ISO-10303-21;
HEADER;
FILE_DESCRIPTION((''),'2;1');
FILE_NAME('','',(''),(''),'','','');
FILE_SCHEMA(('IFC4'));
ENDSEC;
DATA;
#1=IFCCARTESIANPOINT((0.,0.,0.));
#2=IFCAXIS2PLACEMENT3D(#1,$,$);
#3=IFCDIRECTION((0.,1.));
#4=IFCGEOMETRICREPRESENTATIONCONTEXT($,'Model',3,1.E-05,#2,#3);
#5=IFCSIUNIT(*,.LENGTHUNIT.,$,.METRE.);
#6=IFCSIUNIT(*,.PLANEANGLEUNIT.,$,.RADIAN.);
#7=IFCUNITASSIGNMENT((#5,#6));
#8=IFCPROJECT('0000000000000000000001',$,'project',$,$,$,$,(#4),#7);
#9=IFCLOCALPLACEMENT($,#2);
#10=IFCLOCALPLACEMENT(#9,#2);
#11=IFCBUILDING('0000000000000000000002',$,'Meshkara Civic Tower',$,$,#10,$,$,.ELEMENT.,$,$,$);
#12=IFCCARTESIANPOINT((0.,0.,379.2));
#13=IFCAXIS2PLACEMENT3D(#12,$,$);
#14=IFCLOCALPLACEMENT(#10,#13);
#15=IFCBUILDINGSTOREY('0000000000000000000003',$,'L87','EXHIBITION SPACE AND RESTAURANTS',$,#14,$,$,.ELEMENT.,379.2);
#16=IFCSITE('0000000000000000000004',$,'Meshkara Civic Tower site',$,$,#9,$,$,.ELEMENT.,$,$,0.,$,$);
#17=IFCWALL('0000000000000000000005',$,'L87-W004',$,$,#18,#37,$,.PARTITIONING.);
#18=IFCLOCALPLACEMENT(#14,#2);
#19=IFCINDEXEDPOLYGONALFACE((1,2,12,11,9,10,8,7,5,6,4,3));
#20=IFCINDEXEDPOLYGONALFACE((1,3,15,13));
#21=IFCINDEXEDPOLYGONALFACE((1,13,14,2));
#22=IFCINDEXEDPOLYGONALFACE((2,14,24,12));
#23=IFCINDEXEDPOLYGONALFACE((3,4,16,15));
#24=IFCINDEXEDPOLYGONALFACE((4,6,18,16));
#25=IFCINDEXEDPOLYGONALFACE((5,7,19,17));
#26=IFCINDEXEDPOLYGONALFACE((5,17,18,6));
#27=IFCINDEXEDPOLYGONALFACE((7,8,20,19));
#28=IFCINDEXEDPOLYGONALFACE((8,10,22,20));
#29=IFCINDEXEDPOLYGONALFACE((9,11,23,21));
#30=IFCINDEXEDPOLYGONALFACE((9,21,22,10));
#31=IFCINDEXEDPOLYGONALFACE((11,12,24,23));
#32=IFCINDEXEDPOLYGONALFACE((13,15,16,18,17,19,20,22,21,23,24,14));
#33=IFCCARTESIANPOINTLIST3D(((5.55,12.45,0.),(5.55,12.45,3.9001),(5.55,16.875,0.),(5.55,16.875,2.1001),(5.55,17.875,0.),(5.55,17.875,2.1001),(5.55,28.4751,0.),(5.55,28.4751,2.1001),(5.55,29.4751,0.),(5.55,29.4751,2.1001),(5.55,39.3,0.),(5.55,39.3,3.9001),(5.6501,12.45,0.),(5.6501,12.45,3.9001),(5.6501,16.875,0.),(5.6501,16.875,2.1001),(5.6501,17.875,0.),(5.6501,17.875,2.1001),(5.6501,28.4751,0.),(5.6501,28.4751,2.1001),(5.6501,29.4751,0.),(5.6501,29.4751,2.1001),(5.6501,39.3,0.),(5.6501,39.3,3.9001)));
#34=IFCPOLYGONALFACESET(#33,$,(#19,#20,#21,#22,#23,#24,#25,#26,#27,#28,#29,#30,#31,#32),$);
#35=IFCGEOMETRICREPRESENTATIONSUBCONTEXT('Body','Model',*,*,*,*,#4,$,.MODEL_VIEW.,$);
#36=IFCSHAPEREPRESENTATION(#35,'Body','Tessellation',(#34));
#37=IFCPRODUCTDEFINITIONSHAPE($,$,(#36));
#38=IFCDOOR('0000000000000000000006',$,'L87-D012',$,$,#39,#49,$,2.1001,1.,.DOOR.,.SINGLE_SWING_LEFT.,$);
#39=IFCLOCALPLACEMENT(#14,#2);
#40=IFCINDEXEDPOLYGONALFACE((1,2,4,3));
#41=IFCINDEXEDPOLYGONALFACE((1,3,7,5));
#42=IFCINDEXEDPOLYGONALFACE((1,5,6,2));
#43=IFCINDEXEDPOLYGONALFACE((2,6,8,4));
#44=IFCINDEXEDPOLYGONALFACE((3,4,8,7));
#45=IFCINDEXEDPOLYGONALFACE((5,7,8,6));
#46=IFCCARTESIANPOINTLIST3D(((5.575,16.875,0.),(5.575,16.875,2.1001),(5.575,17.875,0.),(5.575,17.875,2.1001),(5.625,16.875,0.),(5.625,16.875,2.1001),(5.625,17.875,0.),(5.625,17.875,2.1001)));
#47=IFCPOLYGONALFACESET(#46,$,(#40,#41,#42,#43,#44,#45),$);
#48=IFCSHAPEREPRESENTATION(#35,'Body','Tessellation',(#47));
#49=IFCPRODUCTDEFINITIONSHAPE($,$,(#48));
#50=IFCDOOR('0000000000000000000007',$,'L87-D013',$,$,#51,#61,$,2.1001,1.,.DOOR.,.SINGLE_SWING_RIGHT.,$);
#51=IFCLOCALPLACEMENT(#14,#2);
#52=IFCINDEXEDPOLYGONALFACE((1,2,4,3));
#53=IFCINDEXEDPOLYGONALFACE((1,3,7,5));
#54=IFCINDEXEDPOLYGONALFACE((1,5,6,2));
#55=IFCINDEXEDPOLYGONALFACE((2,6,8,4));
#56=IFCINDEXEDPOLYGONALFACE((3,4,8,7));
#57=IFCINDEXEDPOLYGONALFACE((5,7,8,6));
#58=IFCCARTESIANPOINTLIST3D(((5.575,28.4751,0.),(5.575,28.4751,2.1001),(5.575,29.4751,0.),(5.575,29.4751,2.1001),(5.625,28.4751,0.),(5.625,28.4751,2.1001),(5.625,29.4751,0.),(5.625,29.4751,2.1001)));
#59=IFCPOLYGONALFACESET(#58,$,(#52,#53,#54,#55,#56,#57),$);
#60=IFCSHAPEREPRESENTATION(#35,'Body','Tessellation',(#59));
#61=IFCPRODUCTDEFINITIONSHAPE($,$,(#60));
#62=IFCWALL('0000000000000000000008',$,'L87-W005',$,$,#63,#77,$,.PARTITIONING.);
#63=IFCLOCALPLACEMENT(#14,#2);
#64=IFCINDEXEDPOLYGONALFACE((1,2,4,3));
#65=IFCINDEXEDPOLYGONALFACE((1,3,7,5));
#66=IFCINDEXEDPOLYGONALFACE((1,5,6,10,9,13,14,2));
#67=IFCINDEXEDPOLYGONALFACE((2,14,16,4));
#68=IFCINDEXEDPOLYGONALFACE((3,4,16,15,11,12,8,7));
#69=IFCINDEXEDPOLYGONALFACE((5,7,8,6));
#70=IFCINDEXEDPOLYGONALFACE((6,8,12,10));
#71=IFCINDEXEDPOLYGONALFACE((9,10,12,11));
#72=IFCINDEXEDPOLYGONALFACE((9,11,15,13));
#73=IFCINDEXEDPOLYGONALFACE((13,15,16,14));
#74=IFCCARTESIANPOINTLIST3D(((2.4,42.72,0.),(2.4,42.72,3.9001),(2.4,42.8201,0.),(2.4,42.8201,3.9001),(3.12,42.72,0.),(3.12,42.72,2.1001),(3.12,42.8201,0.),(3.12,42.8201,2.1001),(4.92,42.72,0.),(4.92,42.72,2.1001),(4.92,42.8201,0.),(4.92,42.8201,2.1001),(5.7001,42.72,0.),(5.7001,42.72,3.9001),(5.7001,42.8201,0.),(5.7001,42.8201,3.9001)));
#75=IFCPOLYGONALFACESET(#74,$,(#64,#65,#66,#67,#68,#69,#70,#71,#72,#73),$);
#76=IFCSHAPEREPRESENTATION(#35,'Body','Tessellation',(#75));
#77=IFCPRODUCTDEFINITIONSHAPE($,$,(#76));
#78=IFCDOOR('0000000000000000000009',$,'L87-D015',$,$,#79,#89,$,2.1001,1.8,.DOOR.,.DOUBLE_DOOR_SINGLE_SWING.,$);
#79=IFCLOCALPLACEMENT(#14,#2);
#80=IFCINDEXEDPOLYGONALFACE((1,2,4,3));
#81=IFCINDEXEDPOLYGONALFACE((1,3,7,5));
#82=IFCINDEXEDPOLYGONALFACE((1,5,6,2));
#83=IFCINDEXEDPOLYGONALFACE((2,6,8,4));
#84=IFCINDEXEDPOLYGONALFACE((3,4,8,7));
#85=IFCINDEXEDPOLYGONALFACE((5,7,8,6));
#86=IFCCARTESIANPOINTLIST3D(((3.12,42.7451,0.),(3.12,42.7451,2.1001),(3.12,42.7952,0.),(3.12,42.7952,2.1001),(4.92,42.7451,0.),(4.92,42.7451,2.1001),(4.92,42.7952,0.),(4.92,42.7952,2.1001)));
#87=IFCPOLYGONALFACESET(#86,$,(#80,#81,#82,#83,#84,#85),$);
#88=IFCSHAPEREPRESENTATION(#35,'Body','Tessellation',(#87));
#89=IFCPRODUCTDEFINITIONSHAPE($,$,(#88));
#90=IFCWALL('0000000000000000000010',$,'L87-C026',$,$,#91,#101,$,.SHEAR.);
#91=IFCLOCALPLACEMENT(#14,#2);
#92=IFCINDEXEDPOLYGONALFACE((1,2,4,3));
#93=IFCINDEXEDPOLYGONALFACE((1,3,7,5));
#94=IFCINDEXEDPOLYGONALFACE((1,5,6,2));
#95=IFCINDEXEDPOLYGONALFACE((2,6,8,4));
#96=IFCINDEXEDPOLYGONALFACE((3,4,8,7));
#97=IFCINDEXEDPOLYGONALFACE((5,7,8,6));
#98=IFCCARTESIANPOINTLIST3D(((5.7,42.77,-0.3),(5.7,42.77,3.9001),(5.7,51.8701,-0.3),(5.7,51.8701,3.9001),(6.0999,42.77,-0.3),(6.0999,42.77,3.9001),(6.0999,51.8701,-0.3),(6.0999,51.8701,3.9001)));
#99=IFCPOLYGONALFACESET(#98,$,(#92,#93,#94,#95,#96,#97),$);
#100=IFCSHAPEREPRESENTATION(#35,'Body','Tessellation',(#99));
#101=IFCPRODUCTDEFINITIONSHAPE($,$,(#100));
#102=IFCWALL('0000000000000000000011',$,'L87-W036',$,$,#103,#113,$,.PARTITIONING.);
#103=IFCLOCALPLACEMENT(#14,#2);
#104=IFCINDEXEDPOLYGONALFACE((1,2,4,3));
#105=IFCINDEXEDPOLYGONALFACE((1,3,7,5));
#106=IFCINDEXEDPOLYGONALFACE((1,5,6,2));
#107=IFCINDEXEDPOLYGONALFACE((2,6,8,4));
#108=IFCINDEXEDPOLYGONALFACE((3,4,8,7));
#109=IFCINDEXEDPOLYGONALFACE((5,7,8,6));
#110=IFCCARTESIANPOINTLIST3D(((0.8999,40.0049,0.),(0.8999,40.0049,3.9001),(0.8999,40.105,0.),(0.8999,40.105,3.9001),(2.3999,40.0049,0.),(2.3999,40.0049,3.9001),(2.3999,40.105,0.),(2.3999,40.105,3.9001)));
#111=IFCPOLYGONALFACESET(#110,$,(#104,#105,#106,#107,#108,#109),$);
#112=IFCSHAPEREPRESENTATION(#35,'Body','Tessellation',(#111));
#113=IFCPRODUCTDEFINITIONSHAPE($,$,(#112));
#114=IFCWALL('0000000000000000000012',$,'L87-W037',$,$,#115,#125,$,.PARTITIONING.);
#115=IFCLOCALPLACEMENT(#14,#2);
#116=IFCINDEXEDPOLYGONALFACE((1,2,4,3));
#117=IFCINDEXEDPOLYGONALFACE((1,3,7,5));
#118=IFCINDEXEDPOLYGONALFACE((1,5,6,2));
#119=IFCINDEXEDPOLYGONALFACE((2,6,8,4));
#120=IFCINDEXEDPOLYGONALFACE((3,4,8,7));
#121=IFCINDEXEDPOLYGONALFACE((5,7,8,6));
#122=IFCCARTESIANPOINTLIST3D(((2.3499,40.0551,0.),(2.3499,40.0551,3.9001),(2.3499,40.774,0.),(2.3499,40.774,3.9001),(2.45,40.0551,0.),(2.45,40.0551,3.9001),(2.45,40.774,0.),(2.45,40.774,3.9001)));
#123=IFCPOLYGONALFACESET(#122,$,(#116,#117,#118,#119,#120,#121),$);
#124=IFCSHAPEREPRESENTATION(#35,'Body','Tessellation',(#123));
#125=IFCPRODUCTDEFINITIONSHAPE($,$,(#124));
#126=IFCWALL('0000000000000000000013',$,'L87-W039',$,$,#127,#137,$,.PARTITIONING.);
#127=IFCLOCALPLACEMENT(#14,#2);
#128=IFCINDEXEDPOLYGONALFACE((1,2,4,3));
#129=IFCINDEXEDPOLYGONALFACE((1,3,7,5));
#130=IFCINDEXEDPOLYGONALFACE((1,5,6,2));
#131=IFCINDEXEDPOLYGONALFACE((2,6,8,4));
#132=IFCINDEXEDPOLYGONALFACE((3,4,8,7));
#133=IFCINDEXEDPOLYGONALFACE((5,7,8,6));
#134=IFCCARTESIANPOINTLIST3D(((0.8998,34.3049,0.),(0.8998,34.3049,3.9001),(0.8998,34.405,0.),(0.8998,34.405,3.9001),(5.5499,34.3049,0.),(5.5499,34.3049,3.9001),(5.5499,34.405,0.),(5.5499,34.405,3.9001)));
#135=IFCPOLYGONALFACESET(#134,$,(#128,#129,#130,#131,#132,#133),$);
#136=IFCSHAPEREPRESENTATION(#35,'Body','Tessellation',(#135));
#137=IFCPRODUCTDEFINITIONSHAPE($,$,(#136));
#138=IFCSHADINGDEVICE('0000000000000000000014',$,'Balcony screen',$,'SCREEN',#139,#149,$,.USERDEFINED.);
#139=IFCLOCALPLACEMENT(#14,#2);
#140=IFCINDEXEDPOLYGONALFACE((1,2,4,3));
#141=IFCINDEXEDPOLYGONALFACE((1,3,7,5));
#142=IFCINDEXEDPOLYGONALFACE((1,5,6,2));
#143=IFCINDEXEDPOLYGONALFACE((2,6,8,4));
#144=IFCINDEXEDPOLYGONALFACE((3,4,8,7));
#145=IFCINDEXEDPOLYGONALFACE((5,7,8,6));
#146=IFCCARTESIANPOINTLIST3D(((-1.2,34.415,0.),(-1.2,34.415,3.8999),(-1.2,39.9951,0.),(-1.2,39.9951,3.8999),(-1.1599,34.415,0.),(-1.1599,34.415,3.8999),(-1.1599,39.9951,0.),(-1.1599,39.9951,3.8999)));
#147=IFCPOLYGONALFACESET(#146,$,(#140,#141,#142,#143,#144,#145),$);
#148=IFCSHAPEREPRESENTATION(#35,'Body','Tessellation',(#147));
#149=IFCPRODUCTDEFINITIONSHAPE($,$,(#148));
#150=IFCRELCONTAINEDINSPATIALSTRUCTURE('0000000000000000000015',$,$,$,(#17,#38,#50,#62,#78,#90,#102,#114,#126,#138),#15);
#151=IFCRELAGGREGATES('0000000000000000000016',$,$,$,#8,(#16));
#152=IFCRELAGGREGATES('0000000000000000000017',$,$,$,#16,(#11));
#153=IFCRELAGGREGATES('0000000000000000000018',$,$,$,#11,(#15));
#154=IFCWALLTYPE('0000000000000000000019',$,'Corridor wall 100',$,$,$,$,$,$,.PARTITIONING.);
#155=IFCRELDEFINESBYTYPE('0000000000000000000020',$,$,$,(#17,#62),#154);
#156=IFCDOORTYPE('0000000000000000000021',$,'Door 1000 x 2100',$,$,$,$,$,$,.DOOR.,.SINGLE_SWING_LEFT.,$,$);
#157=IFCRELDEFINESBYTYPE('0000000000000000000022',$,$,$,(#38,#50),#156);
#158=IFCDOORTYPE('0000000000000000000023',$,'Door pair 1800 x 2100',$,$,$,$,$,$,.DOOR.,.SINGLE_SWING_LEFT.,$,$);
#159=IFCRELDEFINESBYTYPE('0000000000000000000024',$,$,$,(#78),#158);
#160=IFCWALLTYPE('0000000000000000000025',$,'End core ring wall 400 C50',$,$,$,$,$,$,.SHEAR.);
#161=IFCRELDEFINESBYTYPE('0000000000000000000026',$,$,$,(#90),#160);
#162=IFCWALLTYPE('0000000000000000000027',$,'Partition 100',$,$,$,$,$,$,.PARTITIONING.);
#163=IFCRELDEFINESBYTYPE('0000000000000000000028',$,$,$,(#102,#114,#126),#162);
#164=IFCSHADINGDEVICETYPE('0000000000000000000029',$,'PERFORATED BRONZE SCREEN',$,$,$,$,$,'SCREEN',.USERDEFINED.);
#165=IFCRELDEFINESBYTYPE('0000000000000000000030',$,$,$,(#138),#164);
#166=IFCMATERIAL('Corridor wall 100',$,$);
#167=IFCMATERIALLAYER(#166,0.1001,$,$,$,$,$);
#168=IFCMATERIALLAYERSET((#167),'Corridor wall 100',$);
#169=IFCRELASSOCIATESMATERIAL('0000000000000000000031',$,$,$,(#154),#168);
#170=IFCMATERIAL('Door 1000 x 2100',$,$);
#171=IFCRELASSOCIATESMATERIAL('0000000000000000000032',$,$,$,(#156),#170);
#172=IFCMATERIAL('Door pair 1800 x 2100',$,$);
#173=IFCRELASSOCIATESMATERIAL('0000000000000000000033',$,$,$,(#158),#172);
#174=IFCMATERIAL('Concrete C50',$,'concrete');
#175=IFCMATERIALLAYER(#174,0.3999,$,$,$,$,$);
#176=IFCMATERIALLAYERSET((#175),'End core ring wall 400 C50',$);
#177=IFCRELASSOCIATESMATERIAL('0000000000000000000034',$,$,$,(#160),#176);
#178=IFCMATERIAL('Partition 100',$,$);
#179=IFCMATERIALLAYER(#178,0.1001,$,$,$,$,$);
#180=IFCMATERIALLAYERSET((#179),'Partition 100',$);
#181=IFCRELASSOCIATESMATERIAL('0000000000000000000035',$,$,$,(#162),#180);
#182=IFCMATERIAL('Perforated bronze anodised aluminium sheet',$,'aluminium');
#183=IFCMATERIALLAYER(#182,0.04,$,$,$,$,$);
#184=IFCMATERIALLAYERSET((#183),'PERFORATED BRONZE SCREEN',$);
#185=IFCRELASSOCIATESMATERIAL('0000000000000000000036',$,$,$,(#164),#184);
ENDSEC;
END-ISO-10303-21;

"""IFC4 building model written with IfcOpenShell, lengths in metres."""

from ifc_helpers import new_model, si_unit, direction, frame, frame_2d, origin, origin_2d, place, context, subcontext, project, spatial, rectangle, extrude, material, layer, layer_set, type_object, element, fill, save


model = new_model("IFC4")

# Units and contexts
model_context = context("Model", 3, precision=1e-05, world=origin(), true_north=direction((0.0, 1.0)))
body_context = subcontext(model_context, "Body", "Model", "MODEL_VIEW")
ifc_project = project(units=[si_unit("LENGTHUNIT", "METRE"), si_unit("PLANEANGLEUNIT", "RADIAN")], contexts=[model_context])

# Site, building, storey
site_placement = place(None, origin())
site = spatial("IfcSite", under=ifc_project, at=site_placement, Name="Meshkara Civic Tower site", CompositionType="ELEMENT", RefElevation=0.0)
building_placement = place(site_placement, origin())
building = spatial("IfcBuilding", under=site, at=building_placement, Name="Meshkara Civic Tower", CompositionType="ELEMENT")
storey_placement = place(building_placement, frame((0.0, 0.0, 379.2)))
storey = spatial("IfcBuildingStorey", under=building, at=storey_placement, Name="L87", Description="EXHIBITION SPACE AND RESTAURANTS", CompositionType="ELEMENT", Elevation=379.2)

# Shared definitions
ifc_material_1 = material(Name="Corridor wall 100")
ifc_layer_1 = layer(ifc_material_1, 0.1001)
ifc_layer_set_1 = layer_set([ifc_layer_1], Name="Corridor wall 100")
wall_type_1 = type_object("IfcWallType", Name="Corridor wall 100", PredefinedType="PARTITIONING", material=ifc_layer_set_1)
ifc_material_2 = material(Name="Door 1000 x 2100")
door_type_1 = type_object("IfcDoorType", Name="Door 1000 x 2100", OperationType="SINGLE_SWING_LEFT", PredefinedType="DOOR", material=ifc_material_2)

# Wall, openings, doors
wall_1_placement = place(storey_placement, frame((5.6001, 39.3, 0.0), z_axis=(0.0, 0.0, 1.0), x_axis=(0.0, -1.0, 0.0)))
wall_1 = element("IfcWall", 1, at=wall_1_placement, inside=storey, type_object=wall_type_1, Name="L87-W004", PredefinedType="PARTITIONING", context=body_context, shape_type="SweptSolid", body=[
    extrude(rectangle(XDim=26.8501, YDim=0.1001, at=frame_2d((13.425, 0.0))), origin(), (0.0, 0.0, 1.0), 3.9001),
])
opening_1_placement = place(wall_1_placement, frame((21.425, 0.0, 0.0)))
opening_1 = element("IfcOpeningElement", 2, at=opening_1_placement, cuts=wall_1, PredefinedType="OPENING", context=body_context, shape_type="SweptSolid", body=[
    extrude(rectangle(XDim=1.0, YDim=2.1001, at=frame_2d((0.5, 1.05))), frame((0.0, 0.0601, 0.0), z_axis=(0.0, -1.0, 0.0), x_axis=(1.0, 0.0, 0.0)), (0.0, 0.0, 1.0), 0.1201),
])
opening_2_placement = place(wall_1_placement, frame((9.825, 0.0, 0.0)))
opening_2 = element("IfcOpeningElement", 3, at=opening_2_placement, cuts=wall_1, PredefinedType="OPENING", context=body_context, shape_type="SweptSolid", body=[
    extrude(rectangle(XDim=1.0, YDim=2.1001, at=frame_2d((0.5, 1.05))), frame((0.0, 0.0601, 0.0), z_axis=(0.0, -1.0, 0.0), x_axis=(1.0, 0.0, 0.0)), (0.0, 0.0, 1.0), 0.1201),
])
door_1_placement = place(opening_1_placement, origin())
door_1 = element("IfcDoor", 4, at=door_1_placement, inside=storey, type_object=door_type_1, Name="L87-D012", OperationType="SINGLE_SWING_LEFT", OverallHeight=2.1001, OverallWidth=1.0, PredefinedType="DOOR", context=body_context, shape_type="SweptSolid", body=[
    extrude(rectangle(XDim=1.0, YDim=2.1001, at=frame_2d((0.5, 1.05))), frame((0.0, 0.0249, 0.0), z_axis=(0.0, -1.0, 0.0), x_axis=(1.0, 0.0, 0.0)), (0.0, 0.0, 1.0), 0.05),
])
fill(opening_1, door_1)
door_2_placement = place(opening_2_placement, origin())
door_2 = element("IfcDoor", 5, at=door_2_placement, inside=storey, type_object=door_type_1, Name="L87-D013", OperationType="SINGLE_SWING_RIGHT", OverallHeight=2.1001, OverallWidth=1.0, PredefinedType="DOOR", context=body_context, shape_type="SweptSolid", body=[
    extrude(rectangle(XDim=1.0, YDim=2.1001, at=frame_2d((0.5, 1.05))), frame((0.0, 0.0249, 0.0), z_axis=(0.0, -1.0, 0.0), x_axis=(1.0, 0.0, 0.0)), (0.0, 0.0, 1.0), 0.05),
])
fill(opening_2, door_2)

# Wall, opening, door
wall_2_placement = place(storey_placement, frame((5.7, 42.77, 0.0), z_axis=(0.0, 0.0, 1.0), x_axis=(-1.0, 0.0, 0.0)))
wall_2 = element("IfcWall", 6, at=wall_2_placement, inside=storey, type_object=wall_type_1, Name="L87-W005", PredefinedType="PARTITIONING", context=body_context, shape_type="SweptSolid", body=[
    extrude(rectangle(XDim=3.3, YDim=0.1001, at=frame_2d((1.6499, 0.0))), origin(), (0.0, 0.0, 1.0), 3.9001),
])
opening_3_placement = place(wall_2_placement, frame((0.78, 0.0, 0.0)))
opening_3 = element("IfcOpeningElement", 7, at=opening_3_placement, cuts=wall_2, PredefinedType="OPENING", context=body_context, shape_type="SweptSolid", body=[
    extrude(rectangle(XDim=1.8, YDim=2.1001, at=frame_2d((0.8999, 1.05))), frame((0.0, 0.0601, 0.0), z_axis=(0.0, -1.0, 0.0), x_axis=(1.0, 0.0, 0.0)), (0.0, 0.0, 1.0), 0.1201),
])
ifc_material_3 = material(Name="Door pair 1800 x 2100")
door_type_2 = type_object("IfcDoorType", Name="Door pair 1800 x 2100", OperationType="SINGLE_SWING_LEFT", PredefinedType="DOOR", material=ifc_material_3)
door_3_placement = place(opening_3_placement, origin())
door_3 = element("IfcDoor", 8, at=door_3_placement, inside=storey, type_object=door_type_2, Name="L87-D015", OperationType="DOUBLE_DOOR_SINGLE_SWING", OverallHeight=2.1001, OverallWidth=1.8, PredefinedType="DOOR", context=body_context, shape_type="SweptSolid", body=[
    extrude(rectangle(XDim=1.8, YDim=2.1001, at=frame_2d((0.8999, 1.05))), frame((0.0, 0.0249, 0.0), z_axis=(0.0, -1.0, 0.0), x_axis=(1.0, 0.0, 0.0)), (0.0, 0.0, 1.0), 0.05),
])
fill(opening_3, door_3)

# Wall
ifc_material_4 = material(Name="Concrete C50", Category="concrete")
ifc_layer_2 = layer(ifc_material_4, 0.3999)
ifc_layer_set_2 = layer_set([ifc_layer_2], Name="End core ring wall 400 C50")
wall_type_2 = type_object("IfcWallType", Name="End core ring wall 400 C50", PredefinedType="SHEAR", material=ifc_layer_set_2)
wall_3_placement = place(storey_placement, frame((5.8999, 42.77, -0.3), z_axis=(0.0, 0.0, 1.0), x_axis=(0.0, 1.0, 0.0)))
element("IfcWall", 9, at=wall_3_placement, inside=storey, type_object=wall_type_2, Name="L87-C026", PredefinedType="SHEAR", context=body_context, shape_type="SweptSolid", body=[
    extrude(rectangle(XDim=9.1001, YDim=0.3999, at=frame_2d((4.55, 0.0))), origin(), (0.0, 0.0, 1.0), 4.2002),
])

# Walls
ifc_material_5 = material(Name="Partition 100")
ifc_layer_3 = layer(ifc_material_5, 0.1001)
ifc_layer_set_3 = layer_set([ifc_layer_3], Name="Partition 100")
wall_type_3 = type_object("IfcWallType", Name="Partition 100", PredefinedType="PARTITIONING", material=ifc_layer_set_3)
wall_4_placement = place(storey_placement, frame((2.3999, 40.0549, 0.0), z_axis=(0.0, 0.0, 1.0), x_axis=(-1.0, 0.0, 0.0)))
element("IfcWall", 10, at=wall_4_placement, inside=storey, type_object=wall_type_3, Name="L87-W036", PredefinedType="PARTITIONING", context=body_context, shape_type="SweptSolid", body=[
    extrude(rectangle(XDim=1.5, YDim=0.1001, at=frame_2d((0.75, 0.0))), origin(), (0.0, 0.0, 1.0), 3.9001),
])
wall_5_placement = place(storey_placement, frame((2.3999, 40.7739, 0.0), z_axis=(0.0, 0.0, 1.0), x_axis=(0.0, -1.0, 0.0)))
element("IfcWall", 11, at=wall_5_placement, inside=storey, type_object=wall_type_3, Name="L87-W037", PredefinedType="PARTITIONING", context=body_context, shape_type="SweptSolid", body=[
    extrude(rectangle(XDim=0.719, YDim=0.1001, at=frame_2d((0.3594, 0.0))), origin(), (0.0, 0.0, 1.0), 3.9001),
])
wall_6_placement = place(storey_placement, frame((5.55, 34.355, 0.0), z_axis=(0.0, 0.0, 1.0), x_axis=(-1.0, 0.0, 0.0)))
element("IfcWall", 12, at=wall_6_placement, inside=storey, type_object=wall_type_3, Name="L87-W039", PredefinedType="PARTITIONING", context=body_context, shape_type="SweptSolid", body=[
    extrude(rectangle(XDim=4.6501, YDim=0.1001, at=frame_2d((2.3252, 0.0))), origin(), (0.0, 0.0, 1.0), 3.9001),
])

# Shading device
ifc_material_6 = material(Name="Perforated bronze anodised aluminium sheet", Category="aluminium")
ifc_layer_4 = layer(ifc_material_6, 0.04)
ifc_layer_set_4 = layer_set([ifc_layer_4], Name="PERFORATED BRONZE SCREEN")
shading_device_type = type_object("IfcShadingDeviceType", Name="PERFORATED BRONZE SCREEN", ElementType="SCREEN", PredefinedType="USERDEFINED", material=ifc_layer_set_4)
shading_device_placement = place(storey_placement, frame((-1.1799, 37.2051, 0.0), z_axis=(0.0, 0.0, 1.0), x_axis=(0.0, -1.0, 0.0)))
element("IfcShadingDevice", 13, at=shading_device_placement, inside=storey, type_object=shading_device_type, Name="Balcony screen", ObjectType="SCREEN", PredefinedType="USERDEFINED", context=body_context, shape_type="SweptSolid", body=[
    extrude(rectangle(XDim=5.5801, YDim=0.04, at=origin_2d()), origin(), (0.0, 0.0, 1.0), 3.8999),
])

save(model, "model.ifc")
